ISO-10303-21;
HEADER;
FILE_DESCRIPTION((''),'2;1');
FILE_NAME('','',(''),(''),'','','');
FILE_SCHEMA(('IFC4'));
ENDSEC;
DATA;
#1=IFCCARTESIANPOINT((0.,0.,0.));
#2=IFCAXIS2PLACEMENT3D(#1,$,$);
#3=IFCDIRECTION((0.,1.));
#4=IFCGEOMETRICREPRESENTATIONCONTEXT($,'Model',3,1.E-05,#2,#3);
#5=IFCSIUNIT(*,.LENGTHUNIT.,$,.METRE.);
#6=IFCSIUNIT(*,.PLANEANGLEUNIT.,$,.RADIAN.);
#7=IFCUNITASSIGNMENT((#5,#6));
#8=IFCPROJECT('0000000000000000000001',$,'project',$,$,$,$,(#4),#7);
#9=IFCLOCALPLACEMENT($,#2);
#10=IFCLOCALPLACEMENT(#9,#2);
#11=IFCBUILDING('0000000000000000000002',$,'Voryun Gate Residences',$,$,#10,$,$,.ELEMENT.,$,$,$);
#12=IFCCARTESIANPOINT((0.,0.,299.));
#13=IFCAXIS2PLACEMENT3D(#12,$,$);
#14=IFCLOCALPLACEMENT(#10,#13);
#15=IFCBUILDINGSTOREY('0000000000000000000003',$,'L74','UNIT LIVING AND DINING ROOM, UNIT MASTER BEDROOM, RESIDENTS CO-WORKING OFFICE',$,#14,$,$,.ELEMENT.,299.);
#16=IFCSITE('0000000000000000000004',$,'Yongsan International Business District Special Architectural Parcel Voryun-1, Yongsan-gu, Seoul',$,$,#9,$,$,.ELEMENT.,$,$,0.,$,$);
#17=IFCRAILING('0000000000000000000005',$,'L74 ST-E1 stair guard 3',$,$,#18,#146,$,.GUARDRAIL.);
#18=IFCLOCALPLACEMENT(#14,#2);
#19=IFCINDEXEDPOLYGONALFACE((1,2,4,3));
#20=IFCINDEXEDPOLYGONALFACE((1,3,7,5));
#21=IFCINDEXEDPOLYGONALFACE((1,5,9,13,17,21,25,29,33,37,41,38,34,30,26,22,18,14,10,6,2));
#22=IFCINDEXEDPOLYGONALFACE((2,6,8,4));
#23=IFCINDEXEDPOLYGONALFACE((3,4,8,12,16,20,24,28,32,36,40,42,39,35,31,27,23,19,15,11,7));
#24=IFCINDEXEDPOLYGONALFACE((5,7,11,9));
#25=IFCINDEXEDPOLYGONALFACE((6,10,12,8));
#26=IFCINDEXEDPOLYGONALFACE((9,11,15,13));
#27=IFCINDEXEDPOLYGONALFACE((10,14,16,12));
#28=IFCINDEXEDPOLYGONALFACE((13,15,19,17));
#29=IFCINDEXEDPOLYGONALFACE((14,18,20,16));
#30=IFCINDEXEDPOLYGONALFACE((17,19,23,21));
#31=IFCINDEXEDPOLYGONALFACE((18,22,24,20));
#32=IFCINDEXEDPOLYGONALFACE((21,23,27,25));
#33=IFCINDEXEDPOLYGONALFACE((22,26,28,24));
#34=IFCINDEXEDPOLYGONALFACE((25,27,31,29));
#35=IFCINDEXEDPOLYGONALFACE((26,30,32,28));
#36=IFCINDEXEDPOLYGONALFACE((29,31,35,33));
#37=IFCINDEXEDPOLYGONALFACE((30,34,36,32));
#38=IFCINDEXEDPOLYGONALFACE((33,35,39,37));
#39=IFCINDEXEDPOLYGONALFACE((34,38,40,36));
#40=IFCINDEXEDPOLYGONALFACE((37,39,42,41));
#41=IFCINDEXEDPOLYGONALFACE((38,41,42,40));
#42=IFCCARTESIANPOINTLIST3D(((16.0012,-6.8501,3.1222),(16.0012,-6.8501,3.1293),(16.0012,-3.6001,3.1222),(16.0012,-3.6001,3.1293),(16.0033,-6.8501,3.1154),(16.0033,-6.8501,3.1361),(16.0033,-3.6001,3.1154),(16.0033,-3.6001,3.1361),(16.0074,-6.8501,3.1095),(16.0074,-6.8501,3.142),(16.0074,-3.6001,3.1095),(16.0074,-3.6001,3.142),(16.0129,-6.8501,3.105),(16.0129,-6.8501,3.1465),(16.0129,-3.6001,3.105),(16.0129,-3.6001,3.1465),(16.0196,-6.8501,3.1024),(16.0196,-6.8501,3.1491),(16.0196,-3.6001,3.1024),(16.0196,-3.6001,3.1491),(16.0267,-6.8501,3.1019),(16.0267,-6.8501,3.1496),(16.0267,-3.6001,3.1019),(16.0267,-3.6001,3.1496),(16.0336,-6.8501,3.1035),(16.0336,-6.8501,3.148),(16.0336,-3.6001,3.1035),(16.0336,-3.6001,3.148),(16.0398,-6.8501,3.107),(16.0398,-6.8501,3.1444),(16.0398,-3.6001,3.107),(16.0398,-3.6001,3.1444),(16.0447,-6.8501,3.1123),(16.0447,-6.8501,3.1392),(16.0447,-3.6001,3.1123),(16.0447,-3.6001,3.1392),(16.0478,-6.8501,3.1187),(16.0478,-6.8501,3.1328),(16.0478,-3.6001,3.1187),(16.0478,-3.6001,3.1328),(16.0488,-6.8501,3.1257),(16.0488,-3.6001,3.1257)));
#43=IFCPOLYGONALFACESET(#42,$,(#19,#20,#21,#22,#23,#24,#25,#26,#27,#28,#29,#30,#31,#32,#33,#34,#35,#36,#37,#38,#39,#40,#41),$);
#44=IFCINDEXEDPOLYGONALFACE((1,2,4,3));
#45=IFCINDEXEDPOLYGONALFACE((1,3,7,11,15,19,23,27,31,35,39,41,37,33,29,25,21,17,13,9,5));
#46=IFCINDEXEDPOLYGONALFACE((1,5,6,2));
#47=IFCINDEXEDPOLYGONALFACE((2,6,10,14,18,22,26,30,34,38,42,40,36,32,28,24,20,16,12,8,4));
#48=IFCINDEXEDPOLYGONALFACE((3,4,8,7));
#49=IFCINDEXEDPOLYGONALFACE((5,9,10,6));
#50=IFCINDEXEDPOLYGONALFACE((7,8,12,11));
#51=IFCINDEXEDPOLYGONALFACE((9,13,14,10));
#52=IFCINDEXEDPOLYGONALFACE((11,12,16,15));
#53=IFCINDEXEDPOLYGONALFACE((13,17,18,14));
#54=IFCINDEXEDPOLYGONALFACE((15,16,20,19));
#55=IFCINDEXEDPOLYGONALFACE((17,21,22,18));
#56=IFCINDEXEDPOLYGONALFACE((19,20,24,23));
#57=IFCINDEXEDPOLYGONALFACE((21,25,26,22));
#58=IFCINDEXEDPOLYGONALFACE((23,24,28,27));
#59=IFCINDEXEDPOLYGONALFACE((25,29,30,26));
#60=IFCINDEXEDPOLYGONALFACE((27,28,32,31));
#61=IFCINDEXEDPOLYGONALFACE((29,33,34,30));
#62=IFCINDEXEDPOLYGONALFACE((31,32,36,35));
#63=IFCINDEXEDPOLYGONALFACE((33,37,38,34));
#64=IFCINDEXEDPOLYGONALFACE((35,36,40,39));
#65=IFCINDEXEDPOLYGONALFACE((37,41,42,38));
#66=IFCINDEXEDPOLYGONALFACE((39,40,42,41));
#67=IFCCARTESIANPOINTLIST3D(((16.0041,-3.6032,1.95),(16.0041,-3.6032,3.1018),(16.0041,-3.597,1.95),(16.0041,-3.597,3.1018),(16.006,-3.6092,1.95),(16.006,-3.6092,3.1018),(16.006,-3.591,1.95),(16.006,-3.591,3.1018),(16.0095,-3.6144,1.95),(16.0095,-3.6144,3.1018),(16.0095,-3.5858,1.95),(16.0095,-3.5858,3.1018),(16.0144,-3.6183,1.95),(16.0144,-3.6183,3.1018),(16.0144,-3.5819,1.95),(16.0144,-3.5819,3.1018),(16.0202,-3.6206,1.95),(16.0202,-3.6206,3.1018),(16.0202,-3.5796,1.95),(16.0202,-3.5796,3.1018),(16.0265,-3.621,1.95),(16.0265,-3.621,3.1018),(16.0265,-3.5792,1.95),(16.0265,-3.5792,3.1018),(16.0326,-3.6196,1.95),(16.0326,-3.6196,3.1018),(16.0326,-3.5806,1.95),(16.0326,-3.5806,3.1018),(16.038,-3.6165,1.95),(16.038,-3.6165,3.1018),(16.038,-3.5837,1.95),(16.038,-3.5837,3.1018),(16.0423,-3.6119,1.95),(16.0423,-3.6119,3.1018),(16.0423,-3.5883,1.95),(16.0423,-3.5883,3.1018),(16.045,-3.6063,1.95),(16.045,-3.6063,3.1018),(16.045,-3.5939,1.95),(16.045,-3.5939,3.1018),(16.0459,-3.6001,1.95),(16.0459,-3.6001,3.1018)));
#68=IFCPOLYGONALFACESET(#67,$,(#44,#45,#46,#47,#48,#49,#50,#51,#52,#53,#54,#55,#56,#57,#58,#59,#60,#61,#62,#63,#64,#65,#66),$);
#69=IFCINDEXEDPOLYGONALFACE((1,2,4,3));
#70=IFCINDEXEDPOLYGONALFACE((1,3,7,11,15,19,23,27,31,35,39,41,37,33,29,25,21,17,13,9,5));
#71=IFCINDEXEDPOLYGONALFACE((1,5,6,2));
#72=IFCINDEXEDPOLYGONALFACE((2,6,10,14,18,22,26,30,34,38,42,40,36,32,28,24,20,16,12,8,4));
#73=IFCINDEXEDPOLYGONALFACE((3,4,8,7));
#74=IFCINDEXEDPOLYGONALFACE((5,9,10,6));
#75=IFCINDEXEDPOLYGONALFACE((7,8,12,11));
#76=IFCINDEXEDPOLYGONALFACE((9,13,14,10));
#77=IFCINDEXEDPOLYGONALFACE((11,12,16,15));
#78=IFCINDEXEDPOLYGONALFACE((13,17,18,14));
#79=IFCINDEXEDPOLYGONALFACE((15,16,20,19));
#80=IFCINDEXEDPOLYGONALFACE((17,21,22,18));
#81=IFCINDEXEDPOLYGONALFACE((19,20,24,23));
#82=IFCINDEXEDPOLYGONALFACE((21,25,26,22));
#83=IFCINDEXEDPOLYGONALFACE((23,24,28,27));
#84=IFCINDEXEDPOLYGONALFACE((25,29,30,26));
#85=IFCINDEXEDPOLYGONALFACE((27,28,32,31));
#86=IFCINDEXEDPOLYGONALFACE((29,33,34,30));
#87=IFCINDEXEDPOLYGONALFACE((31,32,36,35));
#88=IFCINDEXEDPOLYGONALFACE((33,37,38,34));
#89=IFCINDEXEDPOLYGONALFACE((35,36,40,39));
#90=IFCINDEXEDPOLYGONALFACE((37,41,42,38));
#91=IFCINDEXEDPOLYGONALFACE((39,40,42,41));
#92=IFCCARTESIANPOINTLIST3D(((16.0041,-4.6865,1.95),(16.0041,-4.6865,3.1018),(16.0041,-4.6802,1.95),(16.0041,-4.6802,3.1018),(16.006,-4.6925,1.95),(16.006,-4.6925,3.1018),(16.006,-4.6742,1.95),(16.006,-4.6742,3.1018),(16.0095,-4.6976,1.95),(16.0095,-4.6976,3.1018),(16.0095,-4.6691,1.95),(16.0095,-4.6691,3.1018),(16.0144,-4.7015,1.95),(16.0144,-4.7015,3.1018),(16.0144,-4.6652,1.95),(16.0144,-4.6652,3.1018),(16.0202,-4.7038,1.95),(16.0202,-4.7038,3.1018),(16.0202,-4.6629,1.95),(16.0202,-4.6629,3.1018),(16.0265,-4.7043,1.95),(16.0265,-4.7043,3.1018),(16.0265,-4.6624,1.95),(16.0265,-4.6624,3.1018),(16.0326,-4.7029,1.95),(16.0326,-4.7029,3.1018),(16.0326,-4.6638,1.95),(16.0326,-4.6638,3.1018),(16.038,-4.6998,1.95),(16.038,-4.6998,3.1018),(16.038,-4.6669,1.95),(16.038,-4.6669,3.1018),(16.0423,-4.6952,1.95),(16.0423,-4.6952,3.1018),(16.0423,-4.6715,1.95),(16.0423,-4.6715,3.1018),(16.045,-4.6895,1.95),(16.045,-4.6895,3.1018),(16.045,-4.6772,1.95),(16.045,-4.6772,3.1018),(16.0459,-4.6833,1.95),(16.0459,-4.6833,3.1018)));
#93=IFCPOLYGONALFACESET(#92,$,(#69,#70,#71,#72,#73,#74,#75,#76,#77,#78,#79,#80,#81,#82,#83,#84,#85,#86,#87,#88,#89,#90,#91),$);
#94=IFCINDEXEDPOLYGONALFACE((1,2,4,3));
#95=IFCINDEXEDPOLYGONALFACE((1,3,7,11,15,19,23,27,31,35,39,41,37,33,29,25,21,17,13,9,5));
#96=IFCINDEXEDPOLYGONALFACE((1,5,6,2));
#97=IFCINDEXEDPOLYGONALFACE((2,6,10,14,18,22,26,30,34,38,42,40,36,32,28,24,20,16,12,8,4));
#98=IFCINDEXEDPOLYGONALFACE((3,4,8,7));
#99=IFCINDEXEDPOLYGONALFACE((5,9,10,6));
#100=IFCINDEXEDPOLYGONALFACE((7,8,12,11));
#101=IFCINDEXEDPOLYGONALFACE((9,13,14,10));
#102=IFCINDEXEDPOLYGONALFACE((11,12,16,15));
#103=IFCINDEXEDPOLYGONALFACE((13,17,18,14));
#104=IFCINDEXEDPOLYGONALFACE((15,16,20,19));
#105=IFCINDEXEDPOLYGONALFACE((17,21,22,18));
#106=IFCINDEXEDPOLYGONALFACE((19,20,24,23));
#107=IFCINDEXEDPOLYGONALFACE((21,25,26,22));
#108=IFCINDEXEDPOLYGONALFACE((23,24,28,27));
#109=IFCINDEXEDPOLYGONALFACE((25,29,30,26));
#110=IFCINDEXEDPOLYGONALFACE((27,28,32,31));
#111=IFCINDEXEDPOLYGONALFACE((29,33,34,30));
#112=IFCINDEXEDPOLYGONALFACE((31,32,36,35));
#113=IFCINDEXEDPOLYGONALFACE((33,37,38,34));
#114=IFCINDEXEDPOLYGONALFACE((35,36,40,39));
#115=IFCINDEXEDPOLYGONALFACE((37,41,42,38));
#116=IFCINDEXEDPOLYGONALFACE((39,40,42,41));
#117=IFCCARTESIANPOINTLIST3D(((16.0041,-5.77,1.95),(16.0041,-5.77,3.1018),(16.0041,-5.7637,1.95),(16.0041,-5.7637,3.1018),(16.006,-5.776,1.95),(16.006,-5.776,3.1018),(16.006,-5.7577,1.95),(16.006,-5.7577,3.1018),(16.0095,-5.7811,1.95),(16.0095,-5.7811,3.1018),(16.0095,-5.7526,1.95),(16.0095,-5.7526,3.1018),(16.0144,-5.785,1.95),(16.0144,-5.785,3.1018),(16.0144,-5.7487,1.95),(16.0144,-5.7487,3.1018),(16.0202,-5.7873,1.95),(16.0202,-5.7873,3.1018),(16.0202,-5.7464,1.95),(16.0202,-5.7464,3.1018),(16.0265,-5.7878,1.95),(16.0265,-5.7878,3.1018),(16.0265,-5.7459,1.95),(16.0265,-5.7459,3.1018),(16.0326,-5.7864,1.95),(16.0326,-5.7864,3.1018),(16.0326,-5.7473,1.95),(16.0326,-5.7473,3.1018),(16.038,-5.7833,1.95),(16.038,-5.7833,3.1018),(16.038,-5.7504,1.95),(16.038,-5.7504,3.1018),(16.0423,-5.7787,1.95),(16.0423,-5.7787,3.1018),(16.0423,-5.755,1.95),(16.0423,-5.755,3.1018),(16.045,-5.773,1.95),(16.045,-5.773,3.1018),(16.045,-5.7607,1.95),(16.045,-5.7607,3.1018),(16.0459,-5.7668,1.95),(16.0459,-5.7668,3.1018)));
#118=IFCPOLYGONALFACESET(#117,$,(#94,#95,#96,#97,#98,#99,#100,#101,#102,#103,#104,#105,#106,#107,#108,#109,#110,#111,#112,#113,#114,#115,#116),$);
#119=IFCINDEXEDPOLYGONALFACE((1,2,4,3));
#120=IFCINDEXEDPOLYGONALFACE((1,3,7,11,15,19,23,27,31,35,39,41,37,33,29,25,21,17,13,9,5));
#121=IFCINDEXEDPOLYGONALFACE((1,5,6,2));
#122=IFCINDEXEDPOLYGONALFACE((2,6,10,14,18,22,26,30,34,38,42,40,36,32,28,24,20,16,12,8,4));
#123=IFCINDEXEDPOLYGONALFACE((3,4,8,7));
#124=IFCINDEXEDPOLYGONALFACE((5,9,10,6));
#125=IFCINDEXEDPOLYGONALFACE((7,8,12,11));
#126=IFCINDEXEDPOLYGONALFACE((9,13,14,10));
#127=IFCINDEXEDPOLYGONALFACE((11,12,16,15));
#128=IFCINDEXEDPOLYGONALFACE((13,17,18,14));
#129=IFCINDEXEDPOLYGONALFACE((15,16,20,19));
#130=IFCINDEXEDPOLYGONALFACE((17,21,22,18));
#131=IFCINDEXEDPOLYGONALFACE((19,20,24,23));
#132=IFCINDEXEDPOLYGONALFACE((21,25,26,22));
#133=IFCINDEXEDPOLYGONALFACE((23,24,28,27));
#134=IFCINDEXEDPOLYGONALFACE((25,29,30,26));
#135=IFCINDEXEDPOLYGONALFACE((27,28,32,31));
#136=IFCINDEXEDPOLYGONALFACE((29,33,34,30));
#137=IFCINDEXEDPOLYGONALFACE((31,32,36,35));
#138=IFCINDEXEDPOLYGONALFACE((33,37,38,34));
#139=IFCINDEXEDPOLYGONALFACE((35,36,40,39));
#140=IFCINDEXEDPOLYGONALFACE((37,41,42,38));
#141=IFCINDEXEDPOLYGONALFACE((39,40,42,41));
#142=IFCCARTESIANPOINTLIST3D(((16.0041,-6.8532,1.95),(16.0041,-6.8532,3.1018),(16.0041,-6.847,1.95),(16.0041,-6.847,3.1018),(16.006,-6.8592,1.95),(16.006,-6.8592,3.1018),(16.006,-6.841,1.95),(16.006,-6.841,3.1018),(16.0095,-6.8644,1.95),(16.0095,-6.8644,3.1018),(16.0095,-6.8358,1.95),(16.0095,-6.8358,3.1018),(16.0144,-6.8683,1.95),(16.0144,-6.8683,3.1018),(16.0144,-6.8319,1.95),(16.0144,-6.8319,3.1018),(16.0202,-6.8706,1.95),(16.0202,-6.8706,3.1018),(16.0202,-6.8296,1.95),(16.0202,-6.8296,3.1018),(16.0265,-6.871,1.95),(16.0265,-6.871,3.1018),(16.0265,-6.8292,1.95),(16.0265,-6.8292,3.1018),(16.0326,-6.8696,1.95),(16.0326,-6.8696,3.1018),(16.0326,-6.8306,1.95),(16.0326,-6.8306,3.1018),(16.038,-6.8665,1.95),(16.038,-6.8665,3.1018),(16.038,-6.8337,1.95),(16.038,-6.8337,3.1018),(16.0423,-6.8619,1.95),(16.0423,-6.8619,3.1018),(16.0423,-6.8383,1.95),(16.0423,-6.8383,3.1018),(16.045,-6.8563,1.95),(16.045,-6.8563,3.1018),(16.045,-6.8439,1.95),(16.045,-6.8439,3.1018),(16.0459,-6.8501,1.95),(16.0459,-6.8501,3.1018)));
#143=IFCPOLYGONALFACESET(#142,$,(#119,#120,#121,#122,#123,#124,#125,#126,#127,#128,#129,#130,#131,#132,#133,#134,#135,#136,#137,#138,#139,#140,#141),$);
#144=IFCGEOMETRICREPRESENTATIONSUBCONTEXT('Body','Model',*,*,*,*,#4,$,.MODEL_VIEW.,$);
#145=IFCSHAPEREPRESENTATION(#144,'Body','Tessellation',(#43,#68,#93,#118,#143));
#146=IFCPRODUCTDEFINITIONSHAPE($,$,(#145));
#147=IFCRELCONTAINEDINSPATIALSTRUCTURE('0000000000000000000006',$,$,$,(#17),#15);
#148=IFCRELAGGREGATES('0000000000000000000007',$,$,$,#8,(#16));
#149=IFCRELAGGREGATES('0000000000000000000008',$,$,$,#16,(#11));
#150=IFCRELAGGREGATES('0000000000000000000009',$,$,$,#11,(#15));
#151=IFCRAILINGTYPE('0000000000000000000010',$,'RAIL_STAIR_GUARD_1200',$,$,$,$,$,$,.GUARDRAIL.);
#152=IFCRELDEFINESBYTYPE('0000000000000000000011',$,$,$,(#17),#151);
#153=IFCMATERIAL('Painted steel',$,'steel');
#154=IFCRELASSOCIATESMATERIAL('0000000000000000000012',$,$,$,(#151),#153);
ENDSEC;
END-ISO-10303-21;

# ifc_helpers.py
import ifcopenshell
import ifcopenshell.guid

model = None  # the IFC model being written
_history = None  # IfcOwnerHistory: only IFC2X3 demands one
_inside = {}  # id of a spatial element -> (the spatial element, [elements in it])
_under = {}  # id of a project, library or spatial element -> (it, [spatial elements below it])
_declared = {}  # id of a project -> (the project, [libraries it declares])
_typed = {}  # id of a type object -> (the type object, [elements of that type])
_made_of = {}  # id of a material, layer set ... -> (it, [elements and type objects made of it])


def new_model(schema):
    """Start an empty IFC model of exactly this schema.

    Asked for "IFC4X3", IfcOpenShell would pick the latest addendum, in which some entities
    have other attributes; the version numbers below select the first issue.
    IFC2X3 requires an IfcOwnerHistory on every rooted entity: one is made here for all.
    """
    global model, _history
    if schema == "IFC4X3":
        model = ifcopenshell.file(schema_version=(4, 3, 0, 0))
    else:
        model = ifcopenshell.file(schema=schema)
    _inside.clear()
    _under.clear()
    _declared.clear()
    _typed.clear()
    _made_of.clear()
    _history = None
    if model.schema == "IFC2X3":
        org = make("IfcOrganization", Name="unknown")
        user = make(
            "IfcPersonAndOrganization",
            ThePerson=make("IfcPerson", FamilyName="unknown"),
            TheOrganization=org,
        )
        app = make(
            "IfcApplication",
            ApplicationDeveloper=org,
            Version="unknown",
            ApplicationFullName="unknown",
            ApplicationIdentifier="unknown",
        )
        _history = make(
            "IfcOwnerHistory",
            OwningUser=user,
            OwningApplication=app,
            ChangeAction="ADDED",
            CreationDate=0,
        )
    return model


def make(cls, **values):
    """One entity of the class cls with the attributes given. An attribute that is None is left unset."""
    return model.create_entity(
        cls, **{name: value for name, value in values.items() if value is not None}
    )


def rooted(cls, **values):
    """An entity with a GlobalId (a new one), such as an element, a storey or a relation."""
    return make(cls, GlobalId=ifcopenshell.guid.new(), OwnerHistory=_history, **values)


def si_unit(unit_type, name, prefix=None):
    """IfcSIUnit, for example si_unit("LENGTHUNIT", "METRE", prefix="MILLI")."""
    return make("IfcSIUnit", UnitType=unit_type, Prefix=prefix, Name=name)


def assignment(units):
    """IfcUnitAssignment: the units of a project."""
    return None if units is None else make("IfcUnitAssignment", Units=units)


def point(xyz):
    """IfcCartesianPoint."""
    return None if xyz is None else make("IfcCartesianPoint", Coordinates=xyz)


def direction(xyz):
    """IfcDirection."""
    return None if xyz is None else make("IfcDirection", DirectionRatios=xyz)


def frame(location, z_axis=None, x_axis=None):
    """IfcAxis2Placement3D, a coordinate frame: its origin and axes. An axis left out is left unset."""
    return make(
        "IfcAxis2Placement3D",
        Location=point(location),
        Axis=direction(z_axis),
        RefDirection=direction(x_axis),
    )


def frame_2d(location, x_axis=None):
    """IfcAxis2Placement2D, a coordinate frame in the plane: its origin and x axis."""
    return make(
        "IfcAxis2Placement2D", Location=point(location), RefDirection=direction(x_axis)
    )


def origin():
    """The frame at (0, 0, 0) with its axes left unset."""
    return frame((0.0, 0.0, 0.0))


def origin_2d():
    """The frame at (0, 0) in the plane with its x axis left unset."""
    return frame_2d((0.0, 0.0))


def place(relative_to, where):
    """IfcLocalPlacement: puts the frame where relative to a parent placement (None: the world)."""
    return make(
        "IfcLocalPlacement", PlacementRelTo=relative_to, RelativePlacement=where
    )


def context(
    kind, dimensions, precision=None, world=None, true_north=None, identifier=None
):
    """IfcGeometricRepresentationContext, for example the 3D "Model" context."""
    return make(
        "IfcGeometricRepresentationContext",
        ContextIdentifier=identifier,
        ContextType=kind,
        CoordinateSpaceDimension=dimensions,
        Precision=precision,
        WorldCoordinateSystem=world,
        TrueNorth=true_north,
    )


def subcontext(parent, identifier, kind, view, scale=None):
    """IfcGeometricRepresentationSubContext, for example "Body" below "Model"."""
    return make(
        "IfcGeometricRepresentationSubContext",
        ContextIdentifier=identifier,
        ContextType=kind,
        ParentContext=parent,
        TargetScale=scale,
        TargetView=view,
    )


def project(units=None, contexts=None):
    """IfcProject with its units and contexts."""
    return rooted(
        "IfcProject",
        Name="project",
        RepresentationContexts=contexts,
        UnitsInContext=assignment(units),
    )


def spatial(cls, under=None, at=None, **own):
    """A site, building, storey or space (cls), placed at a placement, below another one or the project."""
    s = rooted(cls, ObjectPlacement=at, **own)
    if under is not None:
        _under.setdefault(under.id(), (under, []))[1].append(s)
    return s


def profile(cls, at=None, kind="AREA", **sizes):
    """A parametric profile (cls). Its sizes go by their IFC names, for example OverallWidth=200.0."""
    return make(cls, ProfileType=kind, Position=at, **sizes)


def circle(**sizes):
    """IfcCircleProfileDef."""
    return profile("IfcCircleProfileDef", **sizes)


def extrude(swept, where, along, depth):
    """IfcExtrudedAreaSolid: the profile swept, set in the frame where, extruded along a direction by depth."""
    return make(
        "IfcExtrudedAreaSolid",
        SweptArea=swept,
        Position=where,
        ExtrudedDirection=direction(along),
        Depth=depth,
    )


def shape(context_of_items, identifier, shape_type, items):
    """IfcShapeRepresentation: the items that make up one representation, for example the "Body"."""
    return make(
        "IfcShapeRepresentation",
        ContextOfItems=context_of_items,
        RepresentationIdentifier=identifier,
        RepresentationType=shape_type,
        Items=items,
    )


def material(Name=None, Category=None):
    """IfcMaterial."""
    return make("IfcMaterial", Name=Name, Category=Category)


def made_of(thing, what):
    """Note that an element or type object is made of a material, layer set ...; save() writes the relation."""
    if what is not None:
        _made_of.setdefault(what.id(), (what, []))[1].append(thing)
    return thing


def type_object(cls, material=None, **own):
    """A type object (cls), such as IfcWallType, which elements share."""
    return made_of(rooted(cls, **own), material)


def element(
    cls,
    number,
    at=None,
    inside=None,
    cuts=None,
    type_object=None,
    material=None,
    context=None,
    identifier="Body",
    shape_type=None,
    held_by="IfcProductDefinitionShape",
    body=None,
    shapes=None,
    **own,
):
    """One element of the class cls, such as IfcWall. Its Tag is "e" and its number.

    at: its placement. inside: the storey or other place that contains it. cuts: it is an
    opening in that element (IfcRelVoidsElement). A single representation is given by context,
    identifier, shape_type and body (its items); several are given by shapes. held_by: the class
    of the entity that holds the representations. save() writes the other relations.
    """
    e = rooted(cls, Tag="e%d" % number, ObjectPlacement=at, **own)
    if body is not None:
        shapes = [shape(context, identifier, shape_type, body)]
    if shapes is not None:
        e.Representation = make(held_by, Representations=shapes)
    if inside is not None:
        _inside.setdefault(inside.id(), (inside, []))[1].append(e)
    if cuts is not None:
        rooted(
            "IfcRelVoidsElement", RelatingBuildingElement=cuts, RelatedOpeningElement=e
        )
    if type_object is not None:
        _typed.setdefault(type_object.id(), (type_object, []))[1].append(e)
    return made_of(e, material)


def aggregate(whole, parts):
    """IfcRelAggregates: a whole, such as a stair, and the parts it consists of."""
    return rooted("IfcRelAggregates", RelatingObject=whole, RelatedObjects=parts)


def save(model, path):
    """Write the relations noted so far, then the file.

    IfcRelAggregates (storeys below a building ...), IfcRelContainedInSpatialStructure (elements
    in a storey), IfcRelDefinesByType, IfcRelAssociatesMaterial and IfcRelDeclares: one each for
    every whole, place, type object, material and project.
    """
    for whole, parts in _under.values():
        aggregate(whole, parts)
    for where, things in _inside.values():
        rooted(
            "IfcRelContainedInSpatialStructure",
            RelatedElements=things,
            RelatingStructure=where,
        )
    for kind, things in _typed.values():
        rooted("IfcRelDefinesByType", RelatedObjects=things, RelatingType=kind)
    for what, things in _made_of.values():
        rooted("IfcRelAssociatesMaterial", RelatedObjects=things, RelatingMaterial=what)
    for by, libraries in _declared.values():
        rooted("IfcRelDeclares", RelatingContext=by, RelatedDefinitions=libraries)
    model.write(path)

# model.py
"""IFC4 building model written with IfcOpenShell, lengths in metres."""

from ifc_helpers import new_model, si_unit, direction, frame, origin, origin_2d, place, context, subcontext, project, spatial, circle, extrude, material, type_object, element, save


model = new_model("IFC4")

# Units and contexts
model_context = context("Model", 3, precision=1e-05, world=origin(), true_north=direction((0.0, 1.0)))
body_context = subcontext(model_context, "Body", "Model", "MODEL_VIEW")
ifc_project = project(units=[si_unit("LENGTHUNIT", "METRE"), si_unit("PLANEANGLEUNIT", "RADIAN")], contexts=[model_context])

# Site, building, storey
site_placement = place(None, origin())
site = spatial("IfcSite", under=ifc_project, at=site_placement, Name="Yongsan International Business District Special Architectural Parcel Voryun-1, Yongsan-gu, Seoul", CompositionType="ELEMENT", RefElevation=0.0)
building_placement = place(site_placement, origin())
building = spatial("IfcBuilding", under=site, at=building_placement, Name="Voryun Gate Residences", CompositionType="ELEMENT")
storey_placement = place(building_placement, frame((0.0, 0.0, 299.0)))
storey = spatial("IfcBuildingStorey", under=building, at=storey_placement, Name="L74", Description="UNIT LIVING AND DINING ROOM, UNIT MASTER BEDROOM, RESIDENTS CO-WORKING OFFICE", CompositionType="ELEMENT", Elevation=299.0)

# Railing
ifc_material_1 = material(Name="Painted steel", Category="steel")
railing_type_1 = type_object("IfcRailingType", Name="RAIL_STAIR_GUARD_1200", PredefinedType="GUARDRAIL", material=ifc_material_1)
for number, where, name in (
    (1, (16.0249, -3.6001, 1.95), "L74 ST-E1 stair guard 3"),
):
    element("IfcRailing", number, at=place(storey_placement, frame(where)), inside=storey, type_object=railing_type_1, Name=name, PredefinedType="GUARDRAIL", context=body_context, shape_type="SweptSolid", body=[
        extrude(circle(Radius=0.0239, at=origin_2d()), frame((0.0, 0.0, 1.1758), z_axis=(0.0, -1.0, 0.0), x_axis=(1.0, 0.0, 0.0)), (0.0, 0.0, 1.0), 3.25),
        extrude(circle(Radius=0.021, at=origin_2d()), origin(), (0.0, 0.0, 1.0), 1.1519),
        extrude(circle(Radius=0.021, at=origin_2d()), frame((0.0, -1.0833, 0.0)), (0.0, 0.0, 1.0), 1.1519),
        extrude(circle(Radius=0.021, at=origin_2d()), frame((0.0, -2.1667, 0.0)), (0.0, 0.0, 1.0), 1.1519),
        extrude(circle(Radius=0.021, at=origin_2d()), frame((0.0, -3.25, 0.0)), (0.0, 0.0, 1.0), 1.1519),
    ])

save(model, "model.ifc")
